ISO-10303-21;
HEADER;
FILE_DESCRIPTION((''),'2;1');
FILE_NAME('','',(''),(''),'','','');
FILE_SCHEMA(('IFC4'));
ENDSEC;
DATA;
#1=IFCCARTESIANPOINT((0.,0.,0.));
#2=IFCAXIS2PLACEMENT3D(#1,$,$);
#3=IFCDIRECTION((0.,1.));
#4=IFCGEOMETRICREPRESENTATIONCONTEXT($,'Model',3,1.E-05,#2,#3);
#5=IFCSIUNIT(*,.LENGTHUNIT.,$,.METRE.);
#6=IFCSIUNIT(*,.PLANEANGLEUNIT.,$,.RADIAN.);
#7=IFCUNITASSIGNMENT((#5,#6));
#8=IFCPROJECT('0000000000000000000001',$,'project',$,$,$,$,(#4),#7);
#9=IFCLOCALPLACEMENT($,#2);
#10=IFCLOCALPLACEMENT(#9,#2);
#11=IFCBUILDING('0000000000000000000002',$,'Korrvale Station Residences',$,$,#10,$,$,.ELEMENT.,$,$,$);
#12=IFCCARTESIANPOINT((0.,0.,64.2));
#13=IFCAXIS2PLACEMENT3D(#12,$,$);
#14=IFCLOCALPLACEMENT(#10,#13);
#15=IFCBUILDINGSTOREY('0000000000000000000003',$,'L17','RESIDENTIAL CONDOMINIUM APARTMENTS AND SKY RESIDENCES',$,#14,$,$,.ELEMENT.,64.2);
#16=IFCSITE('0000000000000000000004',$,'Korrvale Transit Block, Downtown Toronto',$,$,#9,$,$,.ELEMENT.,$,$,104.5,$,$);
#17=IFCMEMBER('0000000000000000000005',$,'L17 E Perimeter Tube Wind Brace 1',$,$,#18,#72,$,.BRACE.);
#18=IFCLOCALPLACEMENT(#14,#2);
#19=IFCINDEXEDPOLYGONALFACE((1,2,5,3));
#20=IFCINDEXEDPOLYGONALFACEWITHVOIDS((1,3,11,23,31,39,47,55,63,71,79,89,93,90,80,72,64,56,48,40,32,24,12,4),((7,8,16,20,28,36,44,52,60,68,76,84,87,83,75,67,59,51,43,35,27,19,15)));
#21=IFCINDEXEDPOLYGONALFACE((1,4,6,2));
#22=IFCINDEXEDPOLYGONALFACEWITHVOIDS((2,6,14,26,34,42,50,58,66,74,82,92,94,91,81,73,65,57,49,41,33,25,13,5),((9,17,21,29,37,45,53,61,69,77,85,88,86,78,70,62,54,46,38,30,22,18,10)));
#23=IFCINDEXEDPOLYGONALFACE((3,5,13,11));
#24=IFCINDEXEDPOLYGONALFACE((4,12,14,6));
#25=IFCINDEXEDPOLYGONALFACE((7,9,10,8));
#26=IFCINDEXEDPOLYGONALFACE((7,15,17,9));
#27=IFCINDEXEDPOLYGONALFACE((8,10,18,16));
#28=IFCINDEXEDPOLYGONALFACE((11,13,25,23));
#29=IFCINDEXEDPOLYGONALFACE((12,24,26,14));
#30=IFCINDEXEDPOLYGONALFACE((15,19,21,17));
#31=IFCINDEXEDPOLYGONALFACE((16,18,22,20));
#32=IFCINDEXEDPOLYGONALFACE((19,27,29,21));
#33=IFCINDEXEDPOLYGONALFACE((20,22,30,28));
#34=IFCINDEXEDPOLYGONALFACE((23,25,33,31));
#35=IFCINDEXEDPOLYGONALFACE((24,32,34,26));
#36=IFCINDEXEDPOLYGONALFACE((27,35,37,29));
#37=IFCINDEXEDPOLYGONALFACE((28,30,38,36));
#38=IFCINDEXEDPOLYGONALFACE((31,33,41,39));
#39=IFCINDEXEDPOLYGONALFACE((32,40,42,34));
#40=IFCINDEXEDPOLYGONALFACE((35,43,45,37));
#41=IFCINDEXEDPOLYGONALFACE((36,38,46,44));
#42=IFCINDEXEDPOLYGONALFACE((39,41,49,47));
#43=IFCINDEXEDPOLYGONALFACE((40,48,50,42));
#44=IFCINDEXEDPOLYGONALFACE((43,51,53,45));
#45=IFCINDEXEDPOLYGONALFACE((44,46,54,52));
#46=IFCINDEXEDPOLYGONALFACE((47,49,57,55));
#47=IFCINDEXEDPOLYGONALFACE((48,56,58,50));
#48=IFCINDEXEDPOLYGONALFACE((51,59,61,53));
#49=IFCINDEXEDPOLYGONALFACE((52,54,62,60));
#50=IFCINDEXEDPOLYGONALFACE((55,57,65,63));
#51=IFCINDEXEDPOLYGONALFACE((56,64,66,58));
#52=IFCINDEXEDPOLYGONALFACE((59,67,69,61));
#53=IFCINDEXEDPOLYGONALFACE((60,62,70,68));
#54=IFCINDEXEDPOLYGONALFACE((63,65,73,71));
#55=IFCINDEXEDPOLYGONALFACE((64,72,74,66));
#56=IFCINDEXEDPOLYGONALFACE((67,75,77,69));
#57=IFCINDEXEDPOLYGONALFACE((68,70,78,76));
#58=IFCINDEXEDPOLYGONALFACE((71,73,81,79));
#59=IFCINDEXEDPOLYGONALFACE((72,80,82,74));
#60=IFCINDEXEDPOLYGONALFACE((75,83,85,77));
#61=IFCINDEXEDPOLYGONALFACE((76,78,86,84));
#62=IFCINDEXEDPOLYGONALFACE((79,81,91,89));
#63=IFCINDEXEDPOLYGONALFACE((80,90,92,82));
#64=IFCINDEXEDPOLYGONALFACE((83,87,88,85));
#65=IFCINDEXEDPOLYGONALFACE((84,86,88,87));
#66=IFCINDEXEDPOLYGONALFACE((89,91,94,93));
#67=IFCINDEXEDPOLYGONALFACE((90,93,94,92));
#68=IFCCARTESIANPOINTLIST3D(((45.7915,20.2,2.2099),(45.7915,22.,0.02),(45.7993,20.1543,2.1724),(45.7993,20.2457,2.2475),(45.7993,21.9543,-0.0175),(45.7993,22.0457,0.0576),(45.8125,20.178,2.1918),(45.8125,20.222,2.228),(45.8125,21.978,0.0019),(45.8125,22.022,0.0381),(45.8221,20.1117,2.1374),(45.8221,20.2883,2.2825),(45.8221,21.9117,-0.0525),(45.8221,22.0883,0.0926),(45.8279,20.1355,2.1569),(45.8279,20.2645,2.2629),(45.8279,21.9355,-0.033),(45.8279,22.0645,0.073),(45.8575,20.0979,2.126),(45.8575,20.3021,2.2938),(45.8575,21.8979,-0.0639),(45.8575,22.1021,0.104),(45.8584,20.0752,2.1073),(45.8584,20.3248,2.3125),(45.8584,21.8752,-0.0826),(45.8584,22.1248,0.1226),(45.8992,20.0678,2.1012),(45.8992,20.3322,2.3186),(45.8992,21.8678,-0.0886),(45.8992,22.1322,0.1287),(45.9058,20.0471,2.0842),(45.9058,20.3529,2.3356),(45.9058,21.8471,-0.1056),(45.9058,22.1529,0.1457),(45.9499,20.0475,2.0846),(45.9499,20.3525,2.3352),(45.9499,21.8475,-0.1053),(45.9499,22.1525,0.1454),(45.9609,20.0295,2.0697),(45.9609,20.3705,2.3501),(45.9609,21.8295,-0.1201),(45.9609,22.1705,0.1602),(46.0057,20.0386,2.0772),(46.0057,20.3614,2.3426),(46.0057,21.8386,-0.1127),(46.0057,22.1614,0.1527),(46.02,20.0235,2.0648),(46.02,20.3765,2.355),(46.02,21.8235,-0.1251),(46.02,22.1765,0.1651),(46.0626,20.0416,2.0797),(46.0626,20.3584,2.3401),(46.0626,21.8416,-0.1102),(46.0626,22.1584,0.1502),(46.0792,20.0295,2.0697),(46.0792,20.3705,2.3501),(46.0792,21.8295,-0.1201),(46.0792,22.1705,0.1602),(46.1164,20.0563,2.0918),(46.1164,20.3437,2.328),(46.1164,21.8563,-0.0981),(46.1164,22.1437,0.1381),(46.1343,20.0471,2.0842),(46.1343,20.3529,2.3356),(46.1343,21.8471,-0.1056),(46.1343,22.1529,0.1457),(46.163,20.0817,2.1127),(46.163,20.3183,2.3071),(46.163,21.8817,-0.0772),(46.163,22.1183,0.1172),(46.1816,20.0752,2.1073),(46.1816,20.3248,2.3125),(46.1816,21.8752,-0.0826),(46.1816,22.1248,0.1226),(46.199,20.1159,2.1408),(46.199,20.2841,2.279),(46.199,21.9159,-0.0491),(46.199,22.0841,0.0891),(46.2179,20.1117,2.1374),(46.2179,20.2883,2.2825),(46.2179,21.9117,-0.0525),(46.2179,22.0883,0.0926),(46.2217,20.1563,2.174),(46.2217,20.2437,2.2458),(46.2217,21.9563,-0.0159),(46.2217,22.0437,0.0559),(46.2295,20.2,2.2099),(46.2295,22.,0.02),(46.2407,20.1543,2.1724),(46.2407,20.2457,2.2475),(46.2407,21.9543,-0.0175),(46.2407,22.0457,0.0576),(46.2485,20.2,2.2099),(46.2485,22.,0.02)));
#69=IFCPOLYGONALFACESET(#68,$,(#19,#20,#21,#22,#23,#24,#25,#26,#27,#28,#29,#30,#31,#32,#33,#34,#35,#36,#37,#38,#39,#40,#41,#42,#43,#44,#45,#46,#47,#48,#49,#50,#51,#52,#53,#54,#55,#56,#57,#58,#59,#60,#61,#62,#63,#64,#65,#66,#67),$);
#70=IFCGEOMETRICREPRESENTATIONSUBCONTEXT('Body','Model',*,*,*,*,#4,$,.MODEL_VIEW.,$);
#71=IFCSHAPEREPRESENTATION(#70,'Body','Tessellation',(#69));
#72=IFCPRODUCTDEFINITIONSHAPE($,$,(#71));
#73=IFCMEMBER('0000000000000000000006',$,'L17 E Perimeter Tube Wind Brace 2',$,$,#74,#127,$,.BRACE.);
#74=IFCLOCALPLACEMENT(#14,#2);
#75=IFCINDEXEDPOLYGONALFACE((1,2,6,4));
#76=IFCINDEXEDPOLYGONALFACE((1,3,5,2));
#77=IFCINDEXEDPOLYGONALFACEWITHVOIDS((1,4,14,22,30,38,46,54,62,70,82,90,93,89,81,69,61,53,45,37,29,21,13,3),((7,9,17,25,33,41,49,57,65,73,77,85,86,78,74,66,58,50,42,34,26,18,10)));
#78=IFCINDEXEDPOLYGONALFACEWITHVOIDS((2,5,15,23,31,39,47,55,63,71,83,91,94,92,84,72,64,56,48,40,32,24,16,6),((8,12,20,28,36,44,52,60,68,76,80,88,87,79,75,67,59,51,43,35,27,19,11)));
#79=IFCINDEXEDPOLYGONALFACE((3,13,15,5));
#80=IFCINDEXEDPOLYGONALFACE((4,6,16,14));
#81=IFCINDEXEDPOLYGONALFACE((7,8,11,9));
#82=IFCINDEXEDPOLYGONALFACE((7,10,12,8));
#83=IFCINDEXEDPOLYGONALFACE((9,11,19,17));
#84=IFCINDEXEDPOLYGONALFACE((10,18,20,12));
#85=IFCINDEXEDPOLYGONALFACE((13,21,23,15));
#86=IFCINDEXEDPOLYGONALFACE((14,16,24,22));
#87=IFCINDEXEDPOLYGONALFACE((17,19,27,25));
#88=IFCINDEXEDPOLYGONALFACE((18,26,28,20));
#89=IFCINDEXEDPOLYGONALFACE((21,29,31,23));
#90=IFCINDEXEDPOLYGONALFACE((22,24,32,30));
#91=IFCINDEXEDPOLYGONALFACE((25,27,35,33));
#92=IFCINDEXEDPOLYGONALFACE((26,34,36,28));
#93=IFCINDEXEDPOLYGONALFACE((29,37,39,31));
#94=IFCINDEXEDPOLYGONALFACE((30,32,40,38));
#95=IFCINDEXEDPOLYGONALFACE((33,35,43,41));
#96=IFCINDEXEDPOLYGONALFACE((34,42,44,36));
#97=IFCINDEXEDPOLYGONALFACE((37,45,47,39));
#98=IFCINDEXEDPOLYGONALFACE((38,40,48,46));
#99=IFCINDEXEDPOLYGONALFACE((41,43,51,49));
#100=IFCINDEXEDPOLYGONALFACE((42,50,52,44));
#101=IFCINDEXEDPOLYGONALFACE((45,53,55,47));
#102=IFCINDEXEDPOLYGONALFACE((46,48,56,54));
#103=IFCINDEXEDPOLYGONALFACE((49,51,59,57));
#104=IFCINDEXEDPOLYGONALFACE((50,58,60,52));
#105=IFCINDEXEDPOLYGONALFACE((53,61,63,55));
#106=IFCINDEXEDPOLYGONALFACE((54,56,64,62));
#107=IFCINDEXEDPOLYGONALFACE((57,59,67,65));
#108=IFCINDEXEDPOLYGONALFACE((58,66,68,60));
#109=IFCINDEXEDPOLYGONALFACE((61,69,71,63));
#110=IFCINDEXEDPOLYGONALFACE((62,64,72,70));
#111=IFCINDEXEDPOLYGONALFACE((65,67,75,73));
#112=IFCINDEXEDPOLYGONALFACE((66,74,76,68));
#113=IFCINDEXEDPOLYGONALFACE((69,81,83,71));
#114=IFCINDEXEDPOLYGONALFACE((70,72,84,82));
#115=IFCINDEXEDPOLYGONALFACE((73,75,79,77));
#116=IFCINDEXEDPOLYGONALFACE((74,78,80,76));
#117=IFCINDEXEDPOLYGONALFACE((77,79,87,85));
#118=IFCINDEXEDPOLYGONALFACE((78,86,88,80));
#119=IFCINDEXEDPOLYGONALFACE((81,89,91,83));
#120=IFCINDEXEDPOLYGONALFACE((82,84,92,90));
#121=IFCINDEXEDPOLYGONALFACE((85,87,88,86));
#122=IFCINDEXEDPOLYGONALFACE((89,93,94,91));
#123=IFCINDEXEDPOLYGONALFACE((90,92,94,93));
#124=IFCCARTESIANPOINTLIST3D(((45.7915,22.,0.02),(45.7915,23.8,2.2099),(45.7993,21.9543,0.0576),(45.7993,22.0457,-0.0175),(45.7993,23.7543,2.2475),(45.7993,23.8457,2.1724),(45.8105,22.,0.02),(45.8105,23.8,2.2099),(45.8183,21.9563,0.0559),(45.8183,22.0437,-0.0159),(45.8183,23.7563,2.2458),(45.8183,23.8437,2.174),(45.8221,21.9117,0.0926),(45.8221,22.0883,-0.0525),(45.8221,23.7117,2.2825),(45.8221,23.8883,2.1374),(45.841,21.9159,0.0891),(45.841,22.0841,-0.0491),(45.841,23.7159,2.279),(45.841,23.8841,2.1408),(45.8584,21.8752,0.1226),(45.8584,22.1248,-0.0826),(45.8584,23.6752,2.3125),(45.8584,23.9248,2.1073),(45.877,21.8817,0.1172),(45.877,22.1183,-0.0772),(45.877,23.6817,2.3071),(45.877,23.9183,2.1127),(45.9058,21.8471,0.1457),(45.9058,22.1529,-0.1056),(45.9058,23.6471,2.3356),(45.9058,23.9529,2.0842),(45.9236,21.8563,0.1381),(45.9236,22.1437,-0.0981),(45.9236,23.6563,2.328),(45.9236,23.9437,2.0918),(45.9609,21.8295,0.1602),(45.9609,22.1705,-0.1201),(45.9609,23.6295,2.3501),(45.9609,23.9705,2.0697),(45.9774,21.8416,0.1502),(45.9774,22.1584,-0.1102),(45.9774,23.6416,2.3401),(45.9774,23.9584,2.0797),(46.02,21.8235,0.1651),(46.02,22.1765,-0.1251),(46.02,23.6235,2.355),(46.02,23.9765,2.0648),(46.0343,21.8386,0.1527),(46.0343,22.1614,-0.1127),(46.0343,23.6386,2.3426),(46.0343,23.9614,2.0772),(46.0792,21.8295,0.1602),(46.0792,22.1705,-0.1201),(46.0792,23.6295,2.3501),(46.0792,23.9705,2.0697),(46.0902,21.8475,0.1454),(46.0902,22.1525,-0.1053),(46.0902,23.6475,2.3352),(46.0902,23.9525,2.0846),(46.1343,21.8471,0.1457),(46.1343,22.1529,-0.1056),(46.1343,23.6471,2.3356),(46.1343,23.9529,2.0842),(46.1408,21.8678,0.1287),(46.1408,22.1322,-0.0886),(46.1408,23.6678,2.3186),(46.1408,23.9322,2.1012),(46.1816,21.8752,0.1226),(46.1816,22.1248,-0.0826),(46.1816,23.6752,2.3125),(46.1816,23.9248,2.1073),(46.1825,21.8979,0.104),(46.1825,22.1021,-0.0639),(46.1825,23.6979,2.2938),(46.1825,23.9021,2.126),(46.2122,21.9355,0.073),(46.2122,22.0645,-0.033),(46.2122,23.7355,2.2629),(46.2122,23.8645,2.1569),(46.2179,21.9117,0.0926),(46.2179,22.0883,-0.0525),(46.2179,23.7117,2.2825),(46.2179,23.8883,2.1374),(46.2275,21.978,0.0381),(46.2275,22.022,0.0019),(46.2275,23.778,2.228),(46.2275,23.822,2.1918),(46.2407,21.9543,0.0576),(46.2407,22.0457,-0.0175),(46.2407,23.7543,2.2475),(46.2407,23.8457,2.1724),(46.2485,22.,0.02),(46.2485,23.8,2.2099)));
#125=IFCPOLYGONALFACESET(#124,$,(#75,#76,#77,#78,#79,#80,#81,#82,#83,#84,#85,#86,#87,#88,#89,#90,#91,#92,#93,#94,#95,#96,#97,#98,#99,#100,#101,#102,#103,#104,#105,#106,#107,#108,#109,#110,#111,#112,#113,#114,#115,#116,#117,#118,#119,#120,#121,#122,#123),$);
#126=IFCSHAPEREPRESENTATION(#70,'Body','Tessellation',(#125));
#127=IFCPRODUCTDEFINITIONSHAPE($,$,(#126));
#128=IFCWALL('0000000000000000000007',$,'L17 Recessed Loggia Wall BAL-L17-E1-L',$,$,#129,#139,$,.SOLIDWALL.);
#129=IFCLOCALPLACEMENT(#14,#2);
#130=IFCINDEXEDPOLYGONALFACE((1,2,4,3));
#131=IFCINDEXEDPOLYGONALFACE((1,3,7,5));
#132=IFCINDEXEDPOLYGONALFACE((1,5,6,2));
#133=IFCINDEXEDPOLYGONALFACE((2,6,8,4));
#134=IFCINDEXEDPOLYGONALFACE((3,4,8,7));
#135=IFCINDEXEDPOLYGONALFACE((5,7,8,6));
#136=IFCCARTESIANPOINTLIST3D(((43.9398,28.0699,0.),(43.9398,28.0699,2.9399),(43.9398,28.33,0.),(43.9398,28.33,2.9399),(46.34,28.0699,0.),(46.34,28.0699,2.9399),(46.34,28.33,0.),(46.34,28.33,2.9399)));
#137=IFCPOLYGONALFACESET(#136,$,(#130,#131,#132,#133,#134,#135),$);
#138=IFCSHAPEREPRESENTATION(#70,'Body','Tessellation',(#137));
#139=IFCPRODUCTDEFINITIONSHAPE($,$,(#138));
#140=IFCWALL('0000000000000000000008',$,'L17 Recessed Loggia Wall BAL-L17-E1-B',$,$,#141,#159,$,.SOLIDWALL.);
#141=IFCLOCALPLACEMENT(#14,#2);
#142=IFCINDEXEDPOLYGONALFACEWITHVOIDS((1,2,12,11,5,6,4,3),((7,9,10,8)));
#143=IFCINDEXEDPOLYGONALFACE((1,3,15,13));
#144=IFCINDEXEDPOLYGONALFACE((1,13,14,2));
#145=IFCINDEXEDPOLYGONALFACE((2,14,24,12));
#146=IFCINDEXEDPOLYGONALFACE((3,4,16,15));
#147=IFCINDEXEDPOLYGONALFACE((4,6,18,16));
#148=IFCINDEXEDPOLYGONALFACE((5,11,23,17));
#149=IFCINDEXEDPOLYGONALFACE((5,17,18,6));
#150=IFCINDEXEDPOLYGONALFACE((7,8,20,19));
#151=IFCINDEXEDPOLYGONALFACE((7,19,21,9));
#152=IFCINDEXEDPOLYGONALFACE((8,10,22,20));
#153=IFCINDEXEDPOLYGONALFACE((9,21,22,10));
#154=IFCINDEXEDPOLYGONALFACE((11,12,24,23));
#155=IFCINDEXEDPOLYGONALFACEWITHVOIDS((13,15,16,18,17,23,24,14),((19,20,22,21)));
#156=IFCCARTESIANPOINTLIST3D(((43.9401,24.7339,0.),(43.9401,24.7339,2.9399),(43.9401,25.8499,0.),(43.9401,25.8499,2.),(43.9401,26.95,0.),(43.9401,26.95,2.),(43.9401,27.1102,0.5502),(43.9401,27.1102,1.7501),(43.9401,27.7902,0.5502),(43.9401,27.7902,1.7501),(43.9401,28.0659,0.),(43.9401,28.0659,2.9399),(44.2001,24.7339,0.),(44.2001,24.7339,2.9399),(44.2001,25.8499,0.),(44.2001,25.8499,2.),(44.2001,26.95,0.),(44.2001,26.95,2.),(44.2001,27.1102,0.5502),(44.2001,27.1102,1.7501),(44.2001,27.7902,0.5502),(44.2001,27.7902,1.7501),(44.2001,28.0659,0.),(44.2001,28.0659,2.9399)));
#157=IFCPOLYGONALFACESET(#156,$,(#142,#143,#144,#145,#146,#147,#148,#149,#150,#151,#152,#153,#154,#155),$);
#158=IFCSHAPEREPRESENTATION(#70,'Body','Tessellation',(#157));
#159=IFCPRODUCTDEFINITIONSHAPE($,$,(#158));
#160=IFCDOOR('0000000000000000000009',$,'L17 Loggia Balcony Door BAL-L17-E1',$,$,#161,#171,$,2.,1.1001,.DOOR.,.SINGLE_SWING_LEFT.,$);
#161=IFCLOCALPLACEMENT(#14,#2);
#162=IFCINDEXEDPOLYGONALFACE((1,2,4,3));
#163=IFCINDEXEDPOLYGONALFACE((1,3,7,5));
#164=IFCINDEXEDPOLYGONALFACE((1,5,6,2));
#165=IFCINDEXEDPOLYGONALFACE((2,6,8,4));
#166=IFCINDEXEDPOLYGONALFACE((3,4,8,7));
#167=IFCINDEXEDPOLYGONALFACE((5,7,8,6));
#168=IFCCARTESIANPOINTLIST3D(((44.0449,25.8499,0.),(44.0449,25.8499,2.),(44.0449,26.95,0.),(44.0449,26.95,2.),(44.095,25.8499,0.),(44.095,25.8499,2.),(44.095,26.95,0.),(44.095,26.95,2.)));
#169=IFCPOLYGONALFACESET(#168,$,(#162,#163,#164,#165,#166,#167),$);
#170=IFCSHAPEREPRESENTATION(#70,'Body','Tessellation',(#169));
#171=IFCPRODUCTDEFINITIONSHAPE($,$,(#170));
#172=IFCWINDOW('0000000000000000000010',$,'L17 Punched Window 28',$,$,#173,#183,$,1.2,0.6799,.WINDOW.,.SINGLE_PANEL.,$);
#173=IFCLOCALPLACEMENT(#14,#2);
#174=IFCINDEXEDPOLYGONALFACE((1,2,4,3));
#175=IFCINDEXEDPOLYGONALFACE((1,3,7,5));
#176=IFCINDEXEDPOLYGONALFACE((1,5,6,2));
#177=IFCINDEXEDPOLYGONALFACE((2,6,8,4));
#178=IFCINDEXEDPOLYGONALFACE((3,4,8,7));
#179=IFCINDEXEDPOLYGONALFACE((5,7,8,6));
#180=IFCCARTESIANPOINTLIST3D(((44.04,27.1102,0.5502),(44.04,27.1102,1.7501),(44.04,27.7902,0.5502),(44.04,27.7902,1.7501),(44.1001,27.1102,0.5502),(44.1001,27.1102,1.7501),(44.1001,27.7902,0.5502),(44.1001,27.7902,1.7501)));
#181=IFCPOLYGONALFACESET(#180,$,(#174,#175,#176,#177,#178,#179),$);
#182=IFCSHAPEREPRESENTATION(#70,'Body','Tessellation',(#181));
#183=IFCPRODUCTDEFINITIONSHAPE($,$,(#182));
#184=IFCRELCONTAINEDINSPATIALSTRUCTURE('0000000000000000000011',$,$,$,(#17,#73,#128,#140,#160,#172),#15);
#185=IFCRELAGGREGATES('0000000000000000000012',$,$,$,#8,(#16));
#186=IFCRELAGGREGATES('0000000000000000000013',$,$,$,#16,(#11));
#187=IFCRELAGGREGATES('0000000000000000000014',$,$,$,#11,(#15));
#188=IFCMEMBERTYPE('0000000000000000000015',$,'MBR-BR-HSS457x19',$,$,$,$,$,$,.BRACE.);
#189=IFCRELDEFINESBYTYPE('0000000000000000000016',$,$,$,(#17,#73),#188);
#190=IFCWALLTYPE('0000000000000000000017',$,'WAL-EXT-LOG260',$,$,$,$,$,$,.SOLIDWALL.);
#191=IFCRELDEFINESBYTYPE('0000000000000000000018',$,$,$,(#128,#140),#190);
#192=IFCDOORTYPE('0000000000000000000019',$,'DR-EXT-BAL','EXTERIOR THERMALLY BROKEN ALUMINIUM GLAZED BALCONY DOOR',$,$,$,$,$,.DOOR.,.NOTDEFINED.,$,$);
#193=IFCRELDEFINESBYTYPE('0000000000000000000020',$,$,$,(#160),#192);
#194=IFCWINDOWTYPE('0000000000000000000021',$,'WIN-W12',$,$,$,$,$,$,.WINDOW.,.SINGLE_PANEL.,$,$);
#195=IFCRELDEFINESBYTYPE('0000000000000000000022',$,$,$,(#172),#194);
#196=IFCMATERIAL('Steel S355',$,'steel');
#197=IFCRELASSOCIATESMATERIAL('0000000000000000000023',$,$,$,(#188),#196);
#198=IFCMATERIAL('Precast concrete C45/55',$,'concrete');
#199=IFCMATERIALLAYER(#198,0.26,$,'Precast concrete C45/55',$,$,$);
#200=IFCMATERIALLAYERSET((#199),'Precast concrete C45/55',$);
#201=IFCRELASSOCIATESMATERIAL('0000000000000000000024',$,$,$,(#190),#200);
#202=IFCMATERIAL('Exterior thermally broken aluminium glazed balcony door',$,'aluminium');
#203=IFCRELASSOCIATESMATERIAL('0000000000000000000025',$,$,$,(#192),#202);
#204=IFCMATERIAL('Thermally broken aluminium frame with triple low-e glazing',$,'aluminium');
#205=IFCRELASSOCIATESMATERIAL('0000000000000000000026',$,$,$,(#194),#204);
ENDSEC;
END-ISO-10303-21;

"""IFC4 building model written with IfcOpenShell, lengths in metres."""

from ifc_helpers import new_model, si_unit, direction, frame, frame_2d, origin, origin_2d, place, context, subcontext, project, spatial, rectangle, hollow_circle, extrude, material, layer, layer_set, material_profile, profile_set, type_object, element, fill, save


model = new_model("IFC4")

# Units and contexts
model_context = context("Model", 3, precision=1e-05, world=origin(), true_north=direction((0.0, 1.0)))
body_context = subcontext(model_context, "Body", "Model", "MODEL_VIEW")
ifc_project = project(units=[si_unit("LENGTHUNIT", "METRE"), si_unit("PLANEANGLEUNIT", "RADIAN")], contexts=[model_context])

# Site, building, storey
site_placement = place(None, origin())
site = spatial("IfcSite", under=ifc_project, at=site_placement, Name="Korrvale Transit Block, Downtown Toronto", CompositionType="ELEMENT", RefElevation=104.5)
building_placement = place(site_placement, origin())
building = spatial("IfcBuilding", under=site, at=building_placement, Name="Korrvale Station Residences", CompositionType="ELEMENT")
storey_placement = place(building_placement, frame((0.0, 0.0, 64.2)))
storey = spatial("IfcBuildingStorey", under=building, at=storey_placement, Name="L17", Description="RESIDENTIAL CONDOMINIUM APARTMENTS AND SKY RESIDENCES", CompositionType="ELEMENT", Elevation=64.2)

# Shared definitions
ifc_material_1 = material(Name="Steel S355", Category="steel")

# Members
ifc_material_profile_1 = material_profile(ifc_material_1, hollow_circle(Radius=0.2285, WallThickness=0.019, at=origin_2d()), Name="HSS457x19")
ifc_profile_set_1 = profile_set([ifc_material_profile_1], Name="Steel S355")
member_type = type_object("IfcMemberType", Name="MBR-BR-HSS457x19", PredefinedType="BRACE", material=ifc_profile_set_1)
for number, where, z_axis, x_axis, name in (
    (1, (46.02, 22.0, 0.02), (0.0, -0.634985, 0.772524), (1.0, 0.0, 0.0), "L17 E Perimeter Tube Wind Brace 1"),
    (2, (46.02, 22.0, 0.02), (0.0, 0.634985, 0.772524), (-1.0, 0.0, 0.0), "L17 E Perimeter Tube Wind Brace 2"),
):
    element("IfcMember", number, at=place(storey_placement, frame(where, z_axis=z_axis, x_axis=x_axis)), inside=storey, type_object=member_type, Name=name, PredefinedType="BRACE", context=body_context, shape_type="SweptSolid", body=[
        extrude(hollow_circle(Radius=0.2285, WallThickness=0.019, at=origin_2d()), origin(), (0.0, 0.0, 1.0), 2.8347),
    ])

# Wall
ifc_material_2 = material(Name="Precast concrete C45/55", Category="concrete")
ifc_layer_1 = layer(ifc_material_2, 0.26, Name="Precast concrete C45/55")
ifc_layer_set_1 = layer_set([ifc_layer_1], Name="Precast concrete C45/55")
wall_type_1 = type_object("IfcWallType", Name="WAL-EXT-LOG260", PredefinedType="SOLIDWALL", material=ifc_layer_set_1)
wall_1_placement = place(storey_placement, frame((46.3401, 28.2, 0.0), z_axis=(0.0, 0.0, 1.0), x_axis=(-1.0, 0.0, 0.0)))
element("IfcWall", 3, at=wall_1_placement, inside=storey, type_object=wall_type_1, Name="L17 Recessed Loggia Wall BAL-L17-E1-L", PredefinedType="SOLIDWALL", context=body_context, shape_type="SweptSolid", body=[
    extrude(rectangle(XDim=2.4001, YDim=0.26, at=frame_2d((1.2002, 0.0))), origin(), (0.0, 0.0, 1.0), 2.9399),
])

# Wall, openings, door, window
wall_2_placement = place(storey_placement, frame((44.0701, 28.0659, 0.0), z_axis=(0.0, 0.0, 1.0), x_axis=(0.0, -1.0, 0.0)))
wall_2 = element("IfcWall", 4, at=wall_2_placement, inside=storey, type_object=wall_type_1, Name="L17 Recessed Loggia Wall BAL-L17-E1-B", PredefinedType="SOLIDWALL", context=body_context, shape_type="SweptSolid", body=[
    extrude(rectangle(XDim=3.332, YDim=0.26, at=frame_2d((1.666, 0.0))), origin(), (0.0, 0.0, 1.0), 2.9399),
])
opening_1_placement = place(wall_2_placement, frame((1.116, 0.0, 0.0)))
opening_1 = element("IfcOpeningElement", 5, at=opening_1_placement, cuts=wall_2, PredefinedType="OPENING", context=body_context, shape_type="SweptSolid", body=[
    extrude(rectangle(XDim=1.1001, YDim=2.0, at=frame_2d((0.55, 1.0))), frame((0.0, 0.1401, 0.0), z_axis=(0.0, -1.0, 0.0), x_axis=(1.0, 0.0, 0.0)), (0.0, 0.0, 1.0), 0.28),
])
opening_2_placement = place(wall_2_placement, frame((0.2759, 0.0, 0.55)))
opening_2 = element("IfcOpeningElement", 6, at=opening_2_placement, cuts=wall_2, PredefinedType="OPENING", context=body_context, shape_type="SweptSolid", body=[
    extrude(rectangle(XDim=0.6799, YDim=1.2, at=frame_2d((0.3398, 0.6001))), frame((0.0, 0.1401, 0.0), z_axis=(0.0, -1.0, 0.0), x_axis=(1.0, 0.0, 0.0)), (0.0, 0.0, 1.0), 0.28),
])
ifc_material_3 = material(Name="Exterior thermally broken aluminium glazed balcony door", Category="aluminium")
door_type_1 = type_object("IfcDoorType", Name="DR-EXT-BAL", Description="EXTERIOR THERMALLY BROKEN ALUMINIUM GLAZED BALCONY DOOR", OperationType="NOTDEFINED", PredefinedType="DOOR", material=ifc_material_3)
door_1_placement = place(opening_1_placement, origin())
door_1 = element("IfcDoor", 7, at=door_1_placement, inside=storey, type_object=door_type_1, Name="L17 Loggia Balcony Door BAL-L17-E1", OperationType="SINGLE_SWING_LEFT", OverallHeight=2.0, OverallWidth=1.1001, PredefinedType="DOOR", context=body_context, shape_type="SweptSolid", body=[
    extrude(rectangle(XDim=1.1001, YDim=2.0, at=frame_2d((0.55, 1.0))), frame((0.0, 0.0249, 0.0), z_axis=(0.0, -1.0, 0.0), x_axis=(1.0, 0.0, 0.0)), (0.0, 0.0, 1.0), 0.05),
])
fill(opening_1, door_1)
ifc_material_4 = material(Name="Thermally broken aluminium frame with triple low-e glazing", Category="aluminium")
window_type_1 = type_object("IfcWindowType", Name="WIN-W12", PartitioningType="SINGLE_PANEL", PredefinedType="WINDOW", material=ifc_material_4)
window_1_placement = place(opening_2_placement, origin())
window_1 = element("IfcWindow", 8, at=window_1_placement, inside=storey, type_object=window_type_1, Name="L17 Punched Window 28", OverallHeight=1.2, OverallWidth=0.6799, PartitioningType="SINGLE_PANEL", PredefinedType="WINDOW", context=body_context, shape_type="SweptSolid", body=[
    extrude(rectangle(XDim=0.6799, YDim=1.2, at=frame_2d((0.3398, 0.6001))), frame((0.0, 0.03, 0.0), z_axis=(0.0, -1.0, 0.0), x_axis=(1.0, 0.0, 0.0)), (0.0, 0.0, 1.0), 0.0601),
])
fill(opening_2, window_1)

save(model, "model.ifc")
